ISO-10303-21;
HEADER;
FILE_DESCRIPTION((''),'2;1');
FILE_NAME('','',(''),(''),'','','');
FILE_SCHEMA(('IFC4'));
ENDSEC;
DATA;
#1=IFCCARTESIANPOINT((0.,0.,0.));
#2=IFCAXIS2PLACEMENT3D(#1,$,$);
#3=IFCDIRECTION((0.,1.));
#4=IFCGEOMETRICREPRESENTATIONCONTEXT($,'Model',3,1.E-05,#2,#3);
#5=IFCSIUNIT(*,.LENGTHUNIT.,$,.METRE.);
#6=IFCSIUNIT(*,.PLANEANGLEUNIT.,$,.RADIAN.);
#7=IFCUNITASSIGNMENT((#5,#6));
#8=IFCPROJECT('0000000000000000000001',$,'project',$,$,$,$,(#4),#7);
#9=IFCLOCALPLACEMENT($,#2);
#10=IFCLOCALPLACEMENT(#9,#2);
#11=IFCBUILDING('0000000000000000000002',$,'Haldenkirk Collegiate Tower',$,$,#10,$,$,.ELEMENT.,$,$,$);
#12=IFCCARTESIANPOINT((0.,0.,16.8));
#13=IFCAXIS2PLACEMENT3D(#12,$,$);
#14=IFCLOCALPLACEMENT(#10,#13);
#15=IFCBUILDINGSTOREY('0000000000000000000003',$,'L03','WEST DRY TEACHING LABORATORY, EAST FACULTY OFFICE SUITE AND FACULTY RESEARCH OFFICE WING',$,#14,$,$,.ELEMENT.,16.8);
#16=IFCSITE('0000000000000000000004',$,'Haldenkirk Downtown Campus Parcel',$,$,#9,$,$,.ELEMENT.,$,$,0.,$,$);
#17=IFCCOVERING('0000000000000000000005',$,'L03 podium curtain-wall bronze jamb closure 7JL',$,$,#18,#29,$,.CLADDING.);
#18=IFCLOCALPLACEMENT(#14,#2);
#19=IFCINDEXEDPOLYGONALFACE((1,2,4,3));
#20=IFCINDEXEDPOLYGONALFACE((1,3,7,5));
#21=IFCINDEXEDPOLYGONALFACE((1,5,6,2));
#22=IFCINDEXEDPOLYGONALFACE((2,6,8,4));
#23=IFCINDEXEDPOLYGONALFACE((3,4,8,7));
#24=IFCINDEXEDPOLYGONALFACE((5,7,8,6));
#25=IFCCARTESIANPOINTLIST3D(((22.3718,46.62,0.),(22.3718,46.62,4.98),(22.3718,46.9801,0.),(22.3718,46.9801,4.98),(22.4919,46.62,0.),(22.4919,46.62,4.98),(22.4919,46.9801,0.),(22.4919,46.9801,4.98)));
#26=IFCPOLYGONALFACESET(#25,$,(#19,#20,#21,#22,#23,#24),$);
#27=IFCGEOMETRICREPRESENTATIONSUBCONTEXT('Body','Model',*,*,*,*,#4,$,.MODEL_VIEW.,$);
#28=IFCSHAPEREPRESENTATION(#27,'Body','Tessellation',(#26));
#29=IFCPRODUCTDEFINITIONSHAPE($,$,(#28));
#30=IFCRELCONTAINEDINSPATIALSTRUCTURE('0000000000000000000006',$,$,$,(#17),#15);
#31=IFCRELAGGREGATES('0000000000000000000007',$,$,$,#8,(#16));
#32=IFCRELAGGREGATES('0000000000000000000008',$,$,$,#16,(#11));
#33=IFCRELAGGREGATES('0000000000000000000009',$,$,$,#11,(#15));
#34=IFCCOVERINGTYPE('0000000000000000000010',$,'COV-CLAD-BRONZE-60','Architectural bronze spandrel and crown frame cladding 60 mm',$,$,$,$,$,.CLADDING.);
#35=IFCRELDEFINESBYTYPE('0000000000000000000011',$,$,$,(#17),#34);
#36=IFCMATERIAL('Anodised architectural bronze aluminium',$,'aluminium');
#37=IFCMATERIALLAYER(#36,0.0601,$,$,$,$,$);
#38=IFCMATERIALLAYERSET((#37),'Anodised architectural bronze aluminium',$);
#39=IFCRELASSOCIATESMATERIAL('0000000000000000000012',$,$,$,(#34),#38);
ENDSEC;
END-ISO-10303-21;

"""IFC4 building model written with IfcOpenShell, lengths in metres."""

from ifc_helpers import new_model, si_unit, direction, frame, origin, origin_2d, place, context, subcontext, project, spatial, rectangle, extrude, source, transform, mapped, material, layer, layer_set, type_object, element, save


model = new_model("IFC4")

# Units and contexts
model_context = context("Model", 3, precision=1e-05, world=origin(), true_north=direction((0.0, 1.0)))
body_context = subcontext(model_context, "Body", "Model", "MODEL_VIEW")
ifc_project = project(units=[si_unit("LENGTHUNIT", "METRE"), si_unit("PLANEANGLEUNIT", "RADIAN")], contexts=[model_context])

# Site, building, storey
site_placement = place(None, origin())
site = spatial("IfcSite", under=ifc_project, at=site_placement, Name="Haldenkirk Downtown Campus Parcel", CompositionType="ELEMENT", RefElevation=0.0)
building_placement = place(site_placement, origin())
building = spatial("IfcBuilding", under=site, at=building_placement, Name="Haldenkirk Collegiate Tower", CompositionType="ELEMENT")
storey_placement = place(building_placement, frame((0.0, 0.0, 16.8)))
storey = spatial("IfcBuildingStorey", under=building, at=storey_placement, Name="L03", Description="WEST DRY TEACHING LABORATORY, EAST FACULTY OFFICE SUITE AND FACULTY RESEARCH OFFICE WING", CompositionType="ELEMENT", Elevation=16.8)

# Shared definitions
ifc_material_1 = material(Name="Anodised architectural bronze aluminium", Category="aluminium")

# Covering
ifc_layer_1 = layer(ifc_material_1, 0.0601)
ifc_layer_set_1 = layer_set([ifc_layer_1], Name="Anodised architectural bronze aluminium")
covering_type = type_object("IfcCoveringType", Name="COV-CLAD-BRONZE-60", Description="Architectural bronze spandrel and crown frame cladding 60 mm", PredefinedType="CLADDING", material=ifc_layer_set_1)
shared_shape = source(origin(), body_context, "Body", "SweptSolid", [
    extrude(rectangle(XDim=0.1201, YDim=0.3601, at=origin_2d()), origin(), (0.0, 0.0, 1.0), 4.98),
])
covering_placement = place(storey_placement, frame((22.4319, 46.8, 0.0), z_axis=(0.0, 0.0, 1.0), x_axis=(1.0, 0.0, 0.0)))
element("IfcCovering", 1, at=covering_placement, inside=storey, type_object=covering_type, Name="L03 podium curtain-wall bronze jamb closure 7JL", PredefinedType="CLADDING", context=body_context, shape_type="MappedRepresentation", body=[
    mapped(shared_shape, transform((0.0, 0.0, 0.0), x_axis=(1.0, 0.0, 0.0), y_axis=(0.0, 1.0, 0.0), z_axis=(0.0, 0.0, 1.0), scale=1.0)),
])

save(model, "model.ifc")
